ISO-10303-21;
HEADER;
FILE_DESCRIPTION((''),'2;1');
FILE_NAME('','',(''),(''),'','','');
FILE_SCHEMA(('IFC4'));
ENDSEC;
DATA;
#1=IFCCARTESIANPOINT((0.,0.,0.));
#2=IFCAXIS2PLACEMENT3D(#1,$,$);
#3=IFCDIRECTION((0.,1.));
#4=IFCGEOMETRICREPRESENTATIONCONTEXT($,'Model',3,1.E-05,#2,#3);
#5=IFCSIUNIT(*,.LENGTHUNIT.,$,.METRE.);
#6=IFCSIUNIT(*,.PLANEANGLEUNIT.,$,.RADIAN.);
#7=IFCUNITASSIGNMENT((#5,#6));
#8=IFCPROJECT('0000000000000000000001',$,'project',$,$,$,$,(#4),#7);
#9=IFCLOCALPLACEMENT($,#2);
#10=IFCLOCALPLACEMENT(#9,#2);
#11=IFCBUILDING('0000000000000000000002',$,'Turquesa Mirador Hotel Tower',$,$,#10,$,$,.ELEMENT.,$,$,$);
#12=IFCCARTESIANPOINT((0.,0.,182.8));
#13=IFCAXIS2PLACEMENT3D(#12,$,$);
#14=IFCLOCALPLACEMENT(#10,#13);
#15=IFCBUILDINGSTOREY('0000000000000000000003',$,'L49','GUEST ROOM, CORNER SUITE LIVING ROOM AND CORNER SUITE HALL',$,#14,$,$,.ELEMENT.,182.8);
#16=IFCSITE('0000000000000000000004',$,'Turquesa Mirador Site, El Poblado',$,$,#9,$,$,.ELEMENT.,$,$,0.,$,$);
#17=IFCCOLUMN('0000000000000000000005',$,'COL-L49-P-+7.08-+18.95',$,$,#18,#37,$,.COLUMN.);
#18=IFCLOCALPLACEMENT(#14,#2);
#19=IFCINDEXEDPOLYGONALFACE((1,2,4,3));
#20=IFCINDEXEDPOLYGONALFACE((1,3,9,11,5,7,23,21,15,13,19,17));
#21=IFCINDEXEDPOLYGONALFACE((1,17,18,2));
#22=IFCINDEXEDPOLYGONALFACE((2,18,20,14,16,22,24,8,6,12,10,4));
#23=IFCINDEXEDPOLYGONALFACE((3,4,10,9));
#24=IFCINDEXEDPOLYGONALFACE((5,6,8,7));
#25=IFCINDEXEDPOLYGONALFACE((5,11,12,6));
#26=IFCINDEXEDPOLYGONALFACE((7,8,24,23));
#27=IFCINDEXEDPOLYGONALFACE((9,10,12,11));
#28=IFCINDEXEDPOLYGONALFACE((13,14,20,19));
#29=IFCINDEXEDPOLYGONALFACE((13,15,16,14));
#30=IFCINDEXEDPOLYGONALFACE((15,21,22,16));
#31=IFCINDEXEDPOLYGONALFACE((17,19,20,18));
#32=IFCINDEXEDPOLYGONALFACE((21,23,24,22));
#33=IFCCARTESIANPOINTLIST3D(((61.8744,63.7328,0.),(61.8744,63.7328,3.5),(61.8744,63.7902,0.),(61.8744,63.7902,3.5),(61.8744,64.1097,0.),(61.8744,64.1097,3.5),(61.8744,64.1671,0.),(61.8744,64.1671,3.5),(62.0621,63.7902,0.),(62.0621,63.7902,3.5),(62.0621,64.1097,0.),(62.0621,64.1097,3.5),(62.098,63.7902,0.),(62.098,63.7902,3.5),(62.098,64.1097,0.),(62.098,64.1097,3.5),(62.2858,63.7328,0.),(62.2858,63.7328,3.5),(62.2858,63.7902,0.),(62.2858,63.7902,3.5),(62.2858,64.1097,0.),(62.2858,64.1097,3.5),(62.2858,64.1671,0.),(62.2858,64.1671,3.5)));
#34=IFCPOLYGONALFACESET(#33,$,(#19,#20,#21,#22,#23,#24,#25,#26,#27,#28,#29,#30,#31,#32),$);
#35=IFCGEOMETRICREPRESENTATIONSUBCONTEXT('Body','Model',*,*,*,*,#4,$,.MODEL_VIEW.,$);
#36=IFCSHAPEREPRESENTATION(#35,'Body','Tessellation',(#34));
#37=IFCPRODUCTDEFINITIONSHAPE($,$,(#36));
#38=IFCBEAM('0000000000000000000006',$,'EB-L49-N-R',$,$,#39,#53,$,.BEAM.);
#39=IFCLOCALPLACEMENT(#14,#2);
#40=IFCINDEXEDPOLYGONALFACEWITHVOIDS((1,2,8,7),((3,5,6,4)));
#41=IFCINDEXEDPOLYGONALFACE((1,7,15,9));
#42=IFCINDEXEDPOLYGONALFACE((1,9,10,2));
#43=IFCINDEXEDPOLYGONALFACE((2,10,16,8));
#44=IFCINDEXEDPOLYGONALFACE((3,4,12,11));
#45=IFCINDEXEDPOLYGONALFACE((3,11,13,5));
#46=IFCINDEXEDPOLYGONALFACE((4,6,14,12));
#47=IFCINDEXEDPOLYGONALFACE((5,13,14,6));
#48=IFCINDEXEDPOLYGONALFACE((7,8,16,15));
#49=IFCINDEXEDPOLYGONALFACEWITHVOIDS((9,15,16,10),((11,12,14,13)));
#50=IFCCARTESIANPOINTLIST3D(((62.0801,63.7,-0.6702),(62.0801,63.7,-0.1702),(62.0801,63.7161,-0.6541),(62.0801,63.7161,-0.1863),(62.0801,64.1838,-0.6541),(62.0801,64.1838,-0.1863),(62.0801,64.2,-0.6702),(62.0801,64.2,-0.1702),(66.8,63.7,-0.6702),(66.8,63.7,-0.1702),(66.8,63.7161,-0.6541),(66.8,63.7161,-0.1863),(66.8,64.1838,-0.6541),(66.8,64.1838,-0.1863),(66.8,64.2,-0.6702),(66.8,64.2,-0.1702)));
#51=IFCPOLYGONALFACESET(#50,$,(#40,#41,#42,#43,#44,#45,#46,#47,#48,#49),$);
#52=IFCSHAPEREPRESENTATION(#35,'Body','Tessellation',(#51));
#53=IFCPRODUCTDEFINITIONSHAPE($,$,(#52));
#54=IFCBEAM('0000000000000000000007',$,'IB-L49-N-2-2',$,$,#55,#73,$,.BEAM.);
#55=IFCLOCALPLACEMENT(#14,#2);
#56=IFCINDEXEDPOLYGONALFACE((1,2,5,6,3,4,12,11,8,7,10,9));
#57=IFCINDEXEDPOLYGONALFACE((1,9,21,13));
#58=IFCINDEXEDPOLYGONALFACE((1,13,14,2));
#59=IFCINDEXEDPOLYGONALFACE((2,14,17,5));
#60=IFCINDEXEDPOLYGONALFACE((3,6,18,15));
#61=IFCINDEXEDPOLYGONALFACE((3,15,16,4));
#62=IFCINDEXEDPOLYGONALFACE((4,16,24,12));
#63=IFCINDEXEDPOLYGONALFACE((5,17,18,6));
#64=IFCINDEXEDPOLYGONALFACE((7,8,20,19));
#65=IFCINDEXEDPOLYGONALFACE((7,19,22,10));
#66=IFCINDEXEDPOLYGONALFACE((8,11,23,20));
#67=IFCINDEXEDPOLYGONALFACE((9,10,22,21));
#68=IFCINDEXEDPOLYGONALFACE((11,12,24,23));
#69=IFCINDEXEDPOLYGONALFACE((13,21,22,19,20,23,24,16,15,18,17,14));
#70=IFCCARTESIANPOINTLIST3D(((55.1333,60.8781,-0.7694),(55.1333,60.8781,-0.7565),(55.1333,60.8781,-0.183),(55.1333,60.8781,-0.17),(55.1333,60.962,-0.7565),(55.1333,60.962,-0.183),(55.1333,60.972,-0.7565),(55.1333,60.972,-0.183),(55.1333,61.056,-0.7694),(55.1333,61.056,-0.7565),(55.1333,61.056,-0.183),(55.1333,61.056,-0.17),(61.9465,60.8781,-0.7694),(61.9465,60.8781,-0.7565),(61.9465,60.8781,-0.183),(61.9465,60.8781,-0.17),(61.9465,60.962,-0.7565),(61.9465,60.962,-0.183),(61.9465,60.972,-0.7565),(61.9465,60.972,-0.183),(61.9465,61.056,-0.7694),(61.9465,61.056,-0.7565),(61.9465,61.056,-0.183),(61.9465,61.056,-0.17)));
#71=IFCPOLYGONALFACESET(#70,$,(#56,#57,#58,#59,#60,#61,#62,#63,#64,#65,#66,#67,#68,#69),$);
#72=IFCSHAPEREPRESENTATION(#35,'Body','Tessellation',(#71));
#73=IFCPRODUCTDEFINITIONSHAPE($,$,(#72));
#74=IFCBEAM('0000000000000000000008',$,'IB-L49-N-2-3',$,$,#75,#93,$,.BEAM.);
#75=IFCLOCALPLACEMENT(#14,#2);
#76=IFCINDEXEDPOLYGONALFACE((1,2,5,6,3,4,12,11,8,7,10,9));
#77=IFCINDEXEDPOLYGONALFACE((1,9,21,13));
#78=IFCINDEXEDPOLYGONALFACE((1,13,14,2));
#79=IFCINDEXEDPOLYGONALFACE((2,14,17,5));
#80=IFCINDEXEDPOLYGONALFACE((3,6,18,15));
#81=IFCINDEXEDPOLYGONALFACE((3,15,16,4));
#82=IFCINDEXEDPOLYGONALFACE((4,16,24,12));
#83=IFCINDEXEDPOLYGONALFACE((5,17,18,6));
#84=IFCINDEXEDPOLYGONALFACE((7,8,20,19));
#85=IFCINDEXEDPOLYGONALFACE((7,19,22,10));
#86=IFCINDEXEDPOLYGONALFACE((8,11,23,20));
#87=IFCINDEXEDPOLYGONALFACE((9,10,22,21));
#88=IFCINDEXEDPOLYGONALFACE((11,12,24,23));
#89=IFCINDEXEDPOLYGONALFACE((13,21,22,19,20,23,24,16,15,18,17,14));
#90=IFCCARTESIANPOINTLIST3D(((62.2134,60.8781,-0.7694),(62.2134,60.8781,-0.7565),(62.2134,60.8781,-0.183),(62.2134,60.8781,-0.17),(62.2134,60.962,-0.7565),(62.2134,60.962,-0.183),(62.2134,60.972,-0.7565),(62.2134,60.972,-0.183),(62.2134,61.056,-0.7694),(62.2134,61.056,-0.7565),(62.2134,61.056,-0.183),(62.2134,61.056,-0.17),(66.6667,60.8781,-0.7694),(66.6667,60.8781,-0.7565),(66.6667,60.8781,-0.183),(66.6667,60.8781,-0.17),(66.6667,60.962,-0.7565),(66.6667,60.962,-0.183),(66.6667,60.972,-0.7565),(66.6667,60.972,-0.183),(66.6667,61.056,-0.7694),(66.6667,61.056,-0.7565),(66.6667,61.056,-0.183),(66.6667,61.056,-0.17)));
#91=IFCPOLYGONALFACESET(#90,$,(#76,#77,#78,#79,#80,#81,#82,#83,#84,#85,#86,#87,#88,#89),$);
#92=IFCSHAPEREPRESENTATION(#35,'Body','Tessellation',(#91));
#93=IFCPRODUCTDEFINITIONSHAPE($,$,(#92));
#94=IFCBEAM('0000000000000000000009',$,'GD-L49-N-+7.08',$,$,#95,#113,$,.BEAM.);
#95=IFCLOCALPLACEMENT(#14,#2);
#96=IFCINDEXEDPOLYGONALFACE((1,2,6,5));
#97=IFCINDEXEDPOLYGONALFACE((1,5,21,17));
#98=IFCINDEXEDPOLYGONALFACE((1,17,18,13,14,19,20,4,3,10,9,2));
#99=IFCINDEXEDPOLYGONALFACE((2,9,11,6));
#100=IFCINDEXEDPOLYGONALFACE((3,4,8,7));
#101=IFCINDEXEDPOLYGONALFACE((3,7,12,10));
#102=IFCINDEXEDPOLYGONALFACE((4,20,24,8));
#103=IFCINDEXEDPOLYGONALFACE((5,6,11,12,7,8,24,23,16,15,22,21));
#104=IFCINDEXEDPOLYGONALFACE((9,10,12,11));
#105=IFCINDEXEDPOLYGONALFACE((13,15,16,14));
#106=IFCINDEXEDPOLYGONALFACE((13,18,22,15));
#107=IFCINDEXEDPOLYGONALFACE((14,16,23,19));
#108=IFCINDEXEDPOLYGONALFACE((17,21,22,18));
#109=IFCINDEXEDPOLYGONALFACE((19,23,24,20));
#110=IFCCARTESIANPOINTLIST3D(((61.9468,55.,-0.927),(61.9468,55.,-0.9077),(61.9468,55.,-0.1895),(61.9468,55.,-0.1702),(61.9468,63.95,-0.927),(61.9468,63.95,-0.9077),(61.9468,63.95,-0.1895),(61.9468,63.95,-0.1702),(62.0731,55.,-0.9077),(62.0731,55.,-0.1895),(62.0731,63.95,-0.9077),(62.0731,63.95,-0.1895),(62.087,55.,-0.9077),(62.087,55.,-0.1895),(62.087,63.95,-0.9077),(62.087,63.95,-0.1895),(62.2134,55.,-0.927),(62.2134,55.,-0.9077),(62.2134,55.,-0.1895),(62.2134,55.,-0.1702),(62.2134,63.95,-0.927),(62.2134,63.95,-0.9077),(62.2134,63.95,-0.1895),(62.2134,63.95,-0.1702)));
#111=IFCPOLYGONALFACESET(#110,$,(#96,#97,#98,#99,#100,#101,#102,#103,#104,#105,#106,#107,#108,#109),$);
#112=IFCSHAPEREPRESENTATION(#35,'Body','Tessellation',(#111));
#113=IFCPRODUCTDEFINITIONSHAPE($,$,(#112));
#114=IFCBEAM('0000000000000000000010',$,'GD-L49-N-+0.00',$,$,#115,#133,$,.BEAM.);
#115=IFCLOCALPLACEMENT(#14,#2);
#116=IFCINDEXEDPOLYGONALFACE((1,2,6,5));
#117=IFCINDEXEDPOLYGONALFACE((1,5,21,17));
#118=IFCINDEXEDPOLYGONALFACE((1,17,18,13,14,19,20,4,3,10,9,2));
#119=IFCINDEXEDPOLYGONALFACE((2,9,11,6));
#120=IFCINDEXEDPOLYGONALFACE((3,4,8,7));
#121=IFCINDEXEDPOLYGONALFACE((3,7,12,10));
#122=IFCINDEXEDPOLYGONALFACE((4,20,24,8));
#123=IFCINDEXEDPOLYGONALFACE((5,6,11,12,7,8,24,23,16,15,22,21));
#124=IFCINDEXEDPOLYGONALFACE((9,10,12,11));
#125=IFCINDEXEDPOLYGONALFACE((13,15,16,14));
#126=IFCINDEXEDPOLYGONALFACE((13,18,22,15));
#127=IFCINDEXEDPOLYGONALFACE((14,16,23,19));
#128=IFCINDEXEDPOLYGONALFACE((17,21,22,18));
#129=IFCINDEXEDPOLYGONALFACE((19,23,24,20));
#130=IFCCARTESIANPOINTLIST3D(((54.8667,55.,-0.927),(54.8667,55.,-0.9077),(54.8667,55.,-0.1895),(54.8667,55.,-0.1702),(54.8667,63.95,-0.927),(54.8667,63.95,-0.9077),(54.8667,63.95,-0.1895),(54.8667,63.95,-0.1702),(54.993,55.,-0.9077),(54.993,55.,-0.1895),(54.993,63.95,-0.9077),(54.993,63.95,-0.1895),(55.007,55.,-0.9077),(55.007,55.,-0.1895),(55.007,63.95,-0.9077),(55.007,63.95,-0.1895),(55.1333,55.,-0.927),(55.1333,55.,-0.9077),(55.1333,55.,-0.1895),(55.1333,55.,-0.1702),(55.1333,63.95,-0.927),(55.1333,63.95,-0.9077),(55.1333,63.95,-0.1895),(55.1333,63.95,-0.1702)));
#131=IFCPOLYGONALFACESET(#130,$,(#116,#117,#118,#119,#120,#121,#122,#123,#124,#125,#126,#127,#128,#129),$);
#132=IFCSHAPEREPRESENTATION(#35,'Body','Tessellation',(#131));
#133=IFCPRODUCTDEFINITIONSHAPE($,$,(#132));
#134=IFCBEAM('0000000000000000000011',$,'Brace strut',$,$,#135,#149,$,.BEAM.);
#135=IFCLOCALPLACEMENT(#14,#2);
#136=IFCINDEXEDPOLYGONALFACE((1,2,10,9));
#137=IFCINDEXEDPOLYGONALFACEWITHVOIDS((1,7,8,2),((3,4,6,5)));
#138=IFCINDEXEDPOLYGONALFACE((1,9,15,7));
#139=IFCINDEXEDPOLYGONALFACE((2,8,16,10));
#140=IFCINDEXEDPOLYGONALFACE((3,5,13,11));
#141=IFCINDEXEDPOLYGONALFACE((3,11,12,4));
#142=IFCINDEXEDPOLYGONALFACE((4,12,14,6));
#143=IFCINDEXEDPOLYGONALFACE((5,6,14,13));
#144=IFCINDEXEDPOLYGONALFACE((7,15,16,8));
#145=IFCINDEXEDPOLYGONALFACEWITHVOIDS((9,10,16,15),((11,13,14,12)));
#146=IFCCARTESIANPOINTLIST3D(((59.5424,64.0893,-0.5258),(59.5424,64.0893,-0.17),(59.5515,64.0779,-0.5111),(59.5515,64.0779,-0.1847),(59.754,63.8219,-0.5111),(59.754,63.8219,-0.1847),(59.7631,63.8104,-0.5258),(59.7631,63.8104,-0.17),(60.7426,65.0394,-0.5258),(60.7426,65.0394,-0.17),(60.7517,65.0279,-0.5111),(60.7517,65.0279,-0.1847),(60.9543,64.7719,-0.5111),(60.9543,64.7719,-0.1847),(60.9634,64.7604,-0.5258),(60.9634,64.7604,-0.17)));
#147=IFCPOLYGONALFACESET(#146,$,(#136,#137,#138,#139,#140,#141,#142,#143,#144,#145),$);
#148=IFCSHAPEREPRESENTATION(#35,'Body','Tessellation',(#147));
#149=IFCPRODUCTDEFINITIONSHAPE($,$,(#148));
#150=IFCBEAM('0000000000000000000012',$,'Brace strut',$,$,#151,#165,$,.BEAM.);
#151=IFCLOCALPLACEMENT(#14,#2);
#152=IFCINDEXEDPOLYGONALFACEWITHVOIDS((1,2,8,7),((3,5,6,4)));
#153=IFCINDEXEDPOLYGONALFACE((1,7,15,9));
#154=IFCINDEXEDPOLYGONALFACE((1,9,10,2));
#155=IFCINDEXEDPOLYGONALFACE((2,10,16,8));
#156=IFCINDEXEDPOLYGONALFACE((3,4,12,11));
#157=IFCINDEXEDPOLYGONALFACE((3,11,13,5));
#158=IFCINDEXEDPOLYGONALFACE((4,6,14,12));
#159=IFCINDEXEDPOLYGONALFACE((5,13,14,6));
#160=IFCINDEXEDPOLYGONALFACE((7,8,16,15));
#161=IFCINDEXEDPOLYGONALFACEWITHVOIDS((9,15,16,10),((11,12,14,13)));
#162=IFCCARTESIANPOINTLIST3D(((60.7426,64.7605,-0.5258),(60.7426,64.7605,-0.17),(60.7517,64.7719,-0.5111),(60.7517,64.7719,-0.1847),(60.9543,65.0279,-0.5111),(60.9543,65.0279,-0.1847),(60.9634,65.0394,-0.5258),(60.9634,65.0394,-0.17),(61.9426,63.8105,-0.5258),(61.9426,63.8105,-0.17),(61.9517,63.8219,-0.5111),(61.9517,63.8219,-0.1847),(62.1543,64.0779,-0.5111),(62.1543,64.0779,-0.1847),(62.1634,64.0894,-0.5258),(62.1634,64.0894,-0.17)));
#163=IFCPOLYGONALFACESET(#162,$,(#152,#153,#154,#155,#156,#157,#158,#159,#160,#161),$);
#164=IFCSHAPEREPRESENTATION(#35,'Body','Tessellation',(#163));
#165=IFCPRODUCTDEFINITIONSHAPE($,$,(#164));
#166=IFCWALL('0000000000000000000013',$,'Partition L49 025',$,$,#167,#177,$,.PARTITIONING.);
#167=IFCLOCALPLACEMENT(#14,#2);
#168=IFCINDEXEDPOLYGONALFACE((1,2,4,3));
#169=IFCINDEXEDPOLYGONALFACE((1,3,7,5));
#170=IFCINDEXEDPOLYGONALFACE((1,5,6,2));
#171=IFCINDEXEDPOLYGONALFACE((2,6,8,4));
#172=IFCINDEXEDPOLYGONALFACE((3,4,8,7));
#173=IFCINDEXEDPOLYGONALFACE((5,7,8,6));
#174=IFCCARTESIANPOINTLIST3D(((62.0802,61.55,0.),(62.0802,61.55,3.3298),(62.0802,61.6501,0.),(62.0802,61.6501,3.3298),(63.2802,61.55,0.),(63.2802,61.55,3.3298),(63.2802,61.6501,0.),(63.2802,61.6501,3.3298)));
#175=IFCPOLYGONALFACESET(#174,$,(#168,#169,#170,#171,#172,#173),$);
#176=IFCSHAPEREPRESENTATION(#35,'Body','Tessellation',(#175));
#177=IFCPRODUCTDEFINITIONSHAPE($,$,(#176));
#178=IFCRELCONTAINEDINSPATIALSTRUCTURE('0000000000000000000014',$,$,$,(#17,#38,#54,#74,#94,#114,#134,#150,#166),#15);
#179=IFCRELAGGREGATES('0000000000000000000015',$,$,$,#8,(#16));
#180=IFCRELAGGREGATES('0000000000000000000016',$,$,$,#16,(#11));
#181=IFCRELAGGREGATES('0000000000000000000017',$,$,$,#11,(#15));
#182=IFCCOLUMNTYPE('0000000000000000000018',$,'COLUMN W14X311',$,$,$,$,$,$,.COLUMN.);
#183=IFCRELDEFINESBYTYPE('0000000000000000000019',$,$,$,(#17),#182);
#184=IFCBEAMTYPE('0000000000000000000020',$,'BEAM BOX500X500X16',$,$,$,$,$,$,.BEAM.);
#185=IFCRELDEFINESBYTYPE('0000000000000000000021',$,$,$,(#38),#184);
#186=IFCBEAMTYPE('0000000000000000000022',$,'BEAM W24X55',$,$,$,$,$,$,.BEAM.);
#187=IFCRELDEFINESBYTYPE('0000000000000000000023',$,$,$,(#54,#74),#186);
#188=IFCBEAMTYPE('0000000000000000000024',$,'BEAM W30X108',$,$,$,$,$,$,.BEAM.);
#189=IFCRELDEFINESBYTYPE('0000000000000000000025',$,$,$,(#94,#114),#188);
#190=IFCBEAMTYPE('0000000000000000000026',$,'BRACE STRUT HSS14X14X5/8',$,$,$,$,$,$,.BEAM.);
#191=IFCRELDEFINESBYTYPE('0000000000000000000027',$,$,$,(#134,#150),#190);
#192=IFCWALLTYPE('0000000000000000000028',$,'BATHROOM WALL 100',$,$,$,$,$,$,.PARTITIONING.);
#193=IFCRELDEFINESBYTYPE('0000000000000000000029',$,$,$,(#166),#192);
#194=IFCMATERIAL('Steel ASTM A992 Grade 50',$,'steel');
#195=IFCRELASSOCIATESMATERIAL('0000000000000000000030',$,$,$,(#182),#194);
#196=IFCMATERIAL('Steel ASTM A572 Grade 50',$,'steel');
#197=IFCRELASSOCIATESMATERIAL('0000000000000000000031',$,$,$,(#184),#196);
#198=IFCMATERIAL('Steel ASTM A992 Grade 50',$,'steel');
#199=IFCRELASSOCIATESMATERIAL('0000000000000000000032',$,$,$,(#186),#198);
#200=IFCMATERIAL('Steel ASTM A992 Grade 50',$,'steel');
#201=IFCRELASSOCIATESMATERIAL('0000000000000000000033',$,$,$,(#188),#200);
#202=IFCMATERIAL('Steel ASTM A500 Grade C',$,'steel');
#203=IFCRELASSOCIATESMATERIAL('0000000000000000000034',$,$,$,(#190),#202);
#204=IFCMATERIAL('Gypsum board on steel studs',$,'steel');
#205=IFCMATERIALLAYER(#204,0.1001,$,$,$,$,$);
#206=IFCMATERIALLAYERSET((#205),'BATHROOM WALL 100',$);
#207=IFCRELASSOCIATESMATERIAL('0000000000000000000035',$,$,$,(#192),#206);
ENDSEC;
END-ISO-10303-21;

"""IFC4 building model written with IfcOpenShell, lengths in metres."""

from ifc_helpers import new_model, si_unit, direction, frame, frame_2d, origin, origin_2d, place, context, subcontext, project, spatial, rectangle, hollow_rectangle, i_section, extrude, material, layer, layer_set, material_profile, profile_set, type_object, element, save


model = new_model("IFC4")

# Units and contexts
model_context = context("Model", 3, precision=1e-05, world=origin(), true_north=direction((0.0, 1.0)))
body_context = subcontext(model_context, "Body", "Model", "MODEL_VIEW")
ifc_project = project(units=[si_unit("LENGTHUNIT", "METRE"), si_unit("PLANEANGLEUNIT", "RADIAN")], contexts=[model_context])

# Site, building, storey
site_placement = place(None, origin())
site = spatial("IfcSite", under=ifc_project, at=site_placement, Name="Turquesa Mirador Site, El Poblado", CompositionType="ELEMENT", RefElevation=0.0)
building_placement = place(site_placement, origin())
building = spatial("IfcBuilding", under=site, at=building_placement, Name="Turquesa Mirador Hotel Tower", CompositionType="ELEMENT")
storey_placement = place(building_placement, frame((0.0, 0.0, 182.8)))
storey = spatial("IfcBuildingStorey", under=building, at=storey_placement, Name="L49", Description="GUEST ROOM, CORNER SUITE LIVING ROOM AND CORNER SUITE HALL", CompositionType="ELEMENT", Elevation=182.8)

# Column
ifc_material_1 = material(Name="Steel ASTM A992 Grade 50", Category="steel")
ifc_material_profile_1 = material_profile(ifc_material_1, i_section(OverallWidth=0.4114, OverallDepth=0.4343, WebThickness=0.0359, FlangeThickness=0.0574, at=origin_2d()), Name="W14X311")
ifc_profile_set_1 = profile_set([ifc_material_profile_1], Name="Steel ASTM A992 Grade 50")
column_type = type_object("IfcColumnType", Name="COLUMN W14X311", PredefinedType="COLUMN", material=ifc_profile_set_1)
column_placement = place(storey_placement, frame((62.0801, 63.95, 0.0), z_axis=(0.0, 0.0, 1.0), x_axis=(1.0, 0.0, 0.0)))
element("IfcColumn", 1, at=column_placement, inside=storey, type_object=column_type, Name="COL-L49-P-+7.08-+18.95", PredefinedType="COLUMN", context=body_context, shape_type="SweptSolid", body=[
    extrude(i_section(OverallWidth=0.4114, OverallDepth=0.4343, WebThickness=0.0359, FlangeThickness=0.0574, at=origin_2d()), origin(), (0.0, 0.0, 1.0), 3.5),
])

# Beams
ifc_material_2 = material(Name="Steel ASTM A572 Grade 50", Category="steel")
ifc_material_profile_2 = material_profile(ifc_material_2, hollow_rectangle(XDim=0.5, YDim=0.5, WallThickness=0.0161, at=origin_2d()), Name="BOX500X500X16")
ifc_profile_set_2 = profile_set([ifc_material_profile_2], Name="Steel ASTM A572 Grade 50")
beam_type_1 = type_object("IfcBeamType", Name="BEAM BOX500X500X16", PredefinedType="BEAM", material=ifc_profile_set_2)
beam_1_placement = place(storey_placement, frame((62.0801, 63.95, -0.4202), z_axis=(1.0, 0.0, 0.0), x_axis=(0.0, 1.0, 0.0)))
element("IfcBeam", 2, at=beam_1_placement, inside=storey, type_object=beam_type_1, Name="EB-L49-N-R", PredefinedType="BEAM", context=body_context, shape_type="SweptSolid", body=[
    extrude(hollow_rectangle(XDim=0.5, YDim=0.5, WallThickness=0.0161, at=origin_2d()), origin(), (0.0, 0.0, 1.0), 4.72),
])
ifc_material_3 = material(Name="Steel ASTM A992 Grade 50", Category="steel")
ifc_material_profile_3 = material_profile(ifc_material_3, i_section(OverallWidth=0.178, OverallDepth=0.5994, WebThickness=0.01, FlangeThickness=0.0129, at=origin_2d()), Name="W24X55")
ifc_profile_set_3 = profile_set([ifc_material_profile_3], Name="Steel ASTM A992 Grade 50")
beam_type_2 = type_object("IfcBeamType", Name="BEAM W24X55", PredefinedType="BEAM", material=ifc_profile_set_3)
beam_2_placement = place(storey_placement, frame((55.1333, 60.967, -0.4697), z_axis=(1.0, 0.0, 0.0), x_axis=(0.0, 1.0, 0.0)))
element("IfcBeam", 3, at=beam_2_placement, inside=storey, type_object=beam_type_2, Name="IB-L49-N-2-2", PredefinedType="BEAM", context=body_context, shape_type="SweptSolid", body=[
    extrude(i_section(OverallWidth=0.178, OverallDepth=0.5994, WebThickness=0.01, FlangeThickness=0.0129, at=origin_2d()), origin(), (0.0, 0.0, 1.0), 6.8132),
])
beam_3_placement = place(storey_placement, frame((62.2134, 60.967, -0.4697), z_axis=(1.0, 0.0, 0.0), x_axis=(0.0, 1.0, 0.0)))
element("IfcBeam", 4, at=beam_3_placement, inside=storey, type_object=beam_type_2, Name="IB-L49-N-2-3", PredefinedType="BEAM", context=body_context, shape_type="SweptSolid", body=[
    extrude(i_section(OverallWidth=0.178, OverallDepth=0.5994, WebThickness=0.01, FlangeThickness=0.0129, at=origin_2d()), origin(), (0.0, 0.0, 1.0), 4.4534),
])
ifc_material_4 = material(Name="Steel ASTM A992 Grade 50", Category="steel")
ifc_material_profile_4 = material_profile(ifc_material_4, i_section(OverallWidth=0.2666, OverallDepth=0.7568, WebThickness=0.0139, FlangeThickness=0.0193, at=origin_2d()), Name="W30X108")
ifc_profile_set_4 = profile_set([ifc_material_profile_4], Name="Steel ASTM A992 Grade 50")
beam_type_3 = type_object("IfcBeamType", Name="BEAM W30X108", PredefinedType="BEAM", material=ifc_profile_set_4)
for number, where, z_axis, x_axis, name in (
    (5, (62.0801, 63.95, -0.5486), (0.0, -1.0, 0.0), (1.0, 0.0, 0.0), "GD-L49-N-+7.08"),
    (6, (55.0, 63.95, -0.5486), (0.0, -1.0, 0.0), (1.0, 0.0, 0.0), "GD-L49-N-+0.00"),
):
    element("IfcBeam", number, at=place(storey_placement, frame(where, z_axis=z_axis, x_axis=x_axis)), inside=storey, type_object=beam_type_3, Name=name, PredefinedType="BEAM", context=body_context, shape_type="SweptSolid", body=[
        extrude(i_section(OverallWidth=0.2666, OverallDepth=0.7568, WebThickness=0.0139, FlangeThickness=0.0193, at=origin_2d()), origin(), (0.0, 0.0, 1.0), 8.95),
    ])
ifc_material_5 = material(Name="Steel ASTM A500 Grade C", Category="steel")
ifc_material_profile_5 = material_profile(ifc_material_5, hollow_rectangle(XDim=0.3557, YDim=0.3557, WallThickness=0.0146, at=origin_2d()), Name="HSS14X14X5/8")
ifc_profile_set_5 = profile_set([ifc_material_profile_5], Name="Steel ASTM A500 Grade C")
beam_type_4 = type_object("IfcBeamType", Name="BRACE STRUT HSS14X14X5/8", PredefinedType="BEAM", material=ifc_profile_set_5)
beam_4_placement = place(storey_placement, frame((60.853, 64.8999, -0.3479), z_axis=(-0.784111, -0.620621, 0.0), x_axis=(0.620621, -0.784111, 0.0)))
element("IfcBeam", 7, at=beam_4_placement, inside=storey, type_object=beam_type_4, Name="Brace strut", PredefinedType="BEAM", context=body_context, shape_type="SweptSolid", body=[
    extrude(hollow_rectangle(XDim=0.3557, YDim=0.3557, WallThickness=0.0146, at=origin_2d()), origin(), (0.0, 0.0, 1.0), 1.5308),
])
beam_5_placement = place(storey_placement, frame((60.853, 64.8999, -0.3479), z_axis=(0.784049, -0.620699, 0.0), x_axis=(0.620699, 0.784049, 0.0)))
element("IfcBeam", 8, at=beam_5_placement, inside=storey, type_object=beam_type_4, Name="Brace strut", PredefinedType="BEAM", context=body_context, shape_type="SweptSolid", body=[
    extrude(hollow_rectangle(XDim=0.3557, YDim=0.3557, WallThickness=0.0146, at=origin_2d()), origin(), (0.0, 0.0, 1.0), 1.5305),
])

# Wall
ifc_material_6 = material(Name="Gypsum board on steel studs", Category="steel")
ifc_layer_1 = layer(ifc_material_6, 0.1001)
ifc_layer_set_1 = layer_set([ifc_layer_1], Name="BATHROOM WALL 100")
wall_type_1 = type_object("IfcWallType", Name="BATHROOM WALL 100", PredefinedType="PARTITIONING", material=ifc_layer_set_1)
wall_1_placement = place(storey_placement, frame((62.0801, 61.6001, 0.0), z_axis=(0.0, 0.0, 1.0), x_axis=(1.0, 0.0, 0.0)))
element("IfcWall", 9, at=wall_1_placement, inside=storey, type_object=wall_type_1, Name="Partition L49 025", PredefinedType="PARTITIONING", context=body_context, shape_type="SweptSolid", body=[
    extrude(rectangle(XDim=1.2, YDim=0.1001, at=frame_2d((0.6001, 0.0))), origin(), (0.0, 0.0, 1.0), 3.3298),
])

save(model, "model.ifc")
